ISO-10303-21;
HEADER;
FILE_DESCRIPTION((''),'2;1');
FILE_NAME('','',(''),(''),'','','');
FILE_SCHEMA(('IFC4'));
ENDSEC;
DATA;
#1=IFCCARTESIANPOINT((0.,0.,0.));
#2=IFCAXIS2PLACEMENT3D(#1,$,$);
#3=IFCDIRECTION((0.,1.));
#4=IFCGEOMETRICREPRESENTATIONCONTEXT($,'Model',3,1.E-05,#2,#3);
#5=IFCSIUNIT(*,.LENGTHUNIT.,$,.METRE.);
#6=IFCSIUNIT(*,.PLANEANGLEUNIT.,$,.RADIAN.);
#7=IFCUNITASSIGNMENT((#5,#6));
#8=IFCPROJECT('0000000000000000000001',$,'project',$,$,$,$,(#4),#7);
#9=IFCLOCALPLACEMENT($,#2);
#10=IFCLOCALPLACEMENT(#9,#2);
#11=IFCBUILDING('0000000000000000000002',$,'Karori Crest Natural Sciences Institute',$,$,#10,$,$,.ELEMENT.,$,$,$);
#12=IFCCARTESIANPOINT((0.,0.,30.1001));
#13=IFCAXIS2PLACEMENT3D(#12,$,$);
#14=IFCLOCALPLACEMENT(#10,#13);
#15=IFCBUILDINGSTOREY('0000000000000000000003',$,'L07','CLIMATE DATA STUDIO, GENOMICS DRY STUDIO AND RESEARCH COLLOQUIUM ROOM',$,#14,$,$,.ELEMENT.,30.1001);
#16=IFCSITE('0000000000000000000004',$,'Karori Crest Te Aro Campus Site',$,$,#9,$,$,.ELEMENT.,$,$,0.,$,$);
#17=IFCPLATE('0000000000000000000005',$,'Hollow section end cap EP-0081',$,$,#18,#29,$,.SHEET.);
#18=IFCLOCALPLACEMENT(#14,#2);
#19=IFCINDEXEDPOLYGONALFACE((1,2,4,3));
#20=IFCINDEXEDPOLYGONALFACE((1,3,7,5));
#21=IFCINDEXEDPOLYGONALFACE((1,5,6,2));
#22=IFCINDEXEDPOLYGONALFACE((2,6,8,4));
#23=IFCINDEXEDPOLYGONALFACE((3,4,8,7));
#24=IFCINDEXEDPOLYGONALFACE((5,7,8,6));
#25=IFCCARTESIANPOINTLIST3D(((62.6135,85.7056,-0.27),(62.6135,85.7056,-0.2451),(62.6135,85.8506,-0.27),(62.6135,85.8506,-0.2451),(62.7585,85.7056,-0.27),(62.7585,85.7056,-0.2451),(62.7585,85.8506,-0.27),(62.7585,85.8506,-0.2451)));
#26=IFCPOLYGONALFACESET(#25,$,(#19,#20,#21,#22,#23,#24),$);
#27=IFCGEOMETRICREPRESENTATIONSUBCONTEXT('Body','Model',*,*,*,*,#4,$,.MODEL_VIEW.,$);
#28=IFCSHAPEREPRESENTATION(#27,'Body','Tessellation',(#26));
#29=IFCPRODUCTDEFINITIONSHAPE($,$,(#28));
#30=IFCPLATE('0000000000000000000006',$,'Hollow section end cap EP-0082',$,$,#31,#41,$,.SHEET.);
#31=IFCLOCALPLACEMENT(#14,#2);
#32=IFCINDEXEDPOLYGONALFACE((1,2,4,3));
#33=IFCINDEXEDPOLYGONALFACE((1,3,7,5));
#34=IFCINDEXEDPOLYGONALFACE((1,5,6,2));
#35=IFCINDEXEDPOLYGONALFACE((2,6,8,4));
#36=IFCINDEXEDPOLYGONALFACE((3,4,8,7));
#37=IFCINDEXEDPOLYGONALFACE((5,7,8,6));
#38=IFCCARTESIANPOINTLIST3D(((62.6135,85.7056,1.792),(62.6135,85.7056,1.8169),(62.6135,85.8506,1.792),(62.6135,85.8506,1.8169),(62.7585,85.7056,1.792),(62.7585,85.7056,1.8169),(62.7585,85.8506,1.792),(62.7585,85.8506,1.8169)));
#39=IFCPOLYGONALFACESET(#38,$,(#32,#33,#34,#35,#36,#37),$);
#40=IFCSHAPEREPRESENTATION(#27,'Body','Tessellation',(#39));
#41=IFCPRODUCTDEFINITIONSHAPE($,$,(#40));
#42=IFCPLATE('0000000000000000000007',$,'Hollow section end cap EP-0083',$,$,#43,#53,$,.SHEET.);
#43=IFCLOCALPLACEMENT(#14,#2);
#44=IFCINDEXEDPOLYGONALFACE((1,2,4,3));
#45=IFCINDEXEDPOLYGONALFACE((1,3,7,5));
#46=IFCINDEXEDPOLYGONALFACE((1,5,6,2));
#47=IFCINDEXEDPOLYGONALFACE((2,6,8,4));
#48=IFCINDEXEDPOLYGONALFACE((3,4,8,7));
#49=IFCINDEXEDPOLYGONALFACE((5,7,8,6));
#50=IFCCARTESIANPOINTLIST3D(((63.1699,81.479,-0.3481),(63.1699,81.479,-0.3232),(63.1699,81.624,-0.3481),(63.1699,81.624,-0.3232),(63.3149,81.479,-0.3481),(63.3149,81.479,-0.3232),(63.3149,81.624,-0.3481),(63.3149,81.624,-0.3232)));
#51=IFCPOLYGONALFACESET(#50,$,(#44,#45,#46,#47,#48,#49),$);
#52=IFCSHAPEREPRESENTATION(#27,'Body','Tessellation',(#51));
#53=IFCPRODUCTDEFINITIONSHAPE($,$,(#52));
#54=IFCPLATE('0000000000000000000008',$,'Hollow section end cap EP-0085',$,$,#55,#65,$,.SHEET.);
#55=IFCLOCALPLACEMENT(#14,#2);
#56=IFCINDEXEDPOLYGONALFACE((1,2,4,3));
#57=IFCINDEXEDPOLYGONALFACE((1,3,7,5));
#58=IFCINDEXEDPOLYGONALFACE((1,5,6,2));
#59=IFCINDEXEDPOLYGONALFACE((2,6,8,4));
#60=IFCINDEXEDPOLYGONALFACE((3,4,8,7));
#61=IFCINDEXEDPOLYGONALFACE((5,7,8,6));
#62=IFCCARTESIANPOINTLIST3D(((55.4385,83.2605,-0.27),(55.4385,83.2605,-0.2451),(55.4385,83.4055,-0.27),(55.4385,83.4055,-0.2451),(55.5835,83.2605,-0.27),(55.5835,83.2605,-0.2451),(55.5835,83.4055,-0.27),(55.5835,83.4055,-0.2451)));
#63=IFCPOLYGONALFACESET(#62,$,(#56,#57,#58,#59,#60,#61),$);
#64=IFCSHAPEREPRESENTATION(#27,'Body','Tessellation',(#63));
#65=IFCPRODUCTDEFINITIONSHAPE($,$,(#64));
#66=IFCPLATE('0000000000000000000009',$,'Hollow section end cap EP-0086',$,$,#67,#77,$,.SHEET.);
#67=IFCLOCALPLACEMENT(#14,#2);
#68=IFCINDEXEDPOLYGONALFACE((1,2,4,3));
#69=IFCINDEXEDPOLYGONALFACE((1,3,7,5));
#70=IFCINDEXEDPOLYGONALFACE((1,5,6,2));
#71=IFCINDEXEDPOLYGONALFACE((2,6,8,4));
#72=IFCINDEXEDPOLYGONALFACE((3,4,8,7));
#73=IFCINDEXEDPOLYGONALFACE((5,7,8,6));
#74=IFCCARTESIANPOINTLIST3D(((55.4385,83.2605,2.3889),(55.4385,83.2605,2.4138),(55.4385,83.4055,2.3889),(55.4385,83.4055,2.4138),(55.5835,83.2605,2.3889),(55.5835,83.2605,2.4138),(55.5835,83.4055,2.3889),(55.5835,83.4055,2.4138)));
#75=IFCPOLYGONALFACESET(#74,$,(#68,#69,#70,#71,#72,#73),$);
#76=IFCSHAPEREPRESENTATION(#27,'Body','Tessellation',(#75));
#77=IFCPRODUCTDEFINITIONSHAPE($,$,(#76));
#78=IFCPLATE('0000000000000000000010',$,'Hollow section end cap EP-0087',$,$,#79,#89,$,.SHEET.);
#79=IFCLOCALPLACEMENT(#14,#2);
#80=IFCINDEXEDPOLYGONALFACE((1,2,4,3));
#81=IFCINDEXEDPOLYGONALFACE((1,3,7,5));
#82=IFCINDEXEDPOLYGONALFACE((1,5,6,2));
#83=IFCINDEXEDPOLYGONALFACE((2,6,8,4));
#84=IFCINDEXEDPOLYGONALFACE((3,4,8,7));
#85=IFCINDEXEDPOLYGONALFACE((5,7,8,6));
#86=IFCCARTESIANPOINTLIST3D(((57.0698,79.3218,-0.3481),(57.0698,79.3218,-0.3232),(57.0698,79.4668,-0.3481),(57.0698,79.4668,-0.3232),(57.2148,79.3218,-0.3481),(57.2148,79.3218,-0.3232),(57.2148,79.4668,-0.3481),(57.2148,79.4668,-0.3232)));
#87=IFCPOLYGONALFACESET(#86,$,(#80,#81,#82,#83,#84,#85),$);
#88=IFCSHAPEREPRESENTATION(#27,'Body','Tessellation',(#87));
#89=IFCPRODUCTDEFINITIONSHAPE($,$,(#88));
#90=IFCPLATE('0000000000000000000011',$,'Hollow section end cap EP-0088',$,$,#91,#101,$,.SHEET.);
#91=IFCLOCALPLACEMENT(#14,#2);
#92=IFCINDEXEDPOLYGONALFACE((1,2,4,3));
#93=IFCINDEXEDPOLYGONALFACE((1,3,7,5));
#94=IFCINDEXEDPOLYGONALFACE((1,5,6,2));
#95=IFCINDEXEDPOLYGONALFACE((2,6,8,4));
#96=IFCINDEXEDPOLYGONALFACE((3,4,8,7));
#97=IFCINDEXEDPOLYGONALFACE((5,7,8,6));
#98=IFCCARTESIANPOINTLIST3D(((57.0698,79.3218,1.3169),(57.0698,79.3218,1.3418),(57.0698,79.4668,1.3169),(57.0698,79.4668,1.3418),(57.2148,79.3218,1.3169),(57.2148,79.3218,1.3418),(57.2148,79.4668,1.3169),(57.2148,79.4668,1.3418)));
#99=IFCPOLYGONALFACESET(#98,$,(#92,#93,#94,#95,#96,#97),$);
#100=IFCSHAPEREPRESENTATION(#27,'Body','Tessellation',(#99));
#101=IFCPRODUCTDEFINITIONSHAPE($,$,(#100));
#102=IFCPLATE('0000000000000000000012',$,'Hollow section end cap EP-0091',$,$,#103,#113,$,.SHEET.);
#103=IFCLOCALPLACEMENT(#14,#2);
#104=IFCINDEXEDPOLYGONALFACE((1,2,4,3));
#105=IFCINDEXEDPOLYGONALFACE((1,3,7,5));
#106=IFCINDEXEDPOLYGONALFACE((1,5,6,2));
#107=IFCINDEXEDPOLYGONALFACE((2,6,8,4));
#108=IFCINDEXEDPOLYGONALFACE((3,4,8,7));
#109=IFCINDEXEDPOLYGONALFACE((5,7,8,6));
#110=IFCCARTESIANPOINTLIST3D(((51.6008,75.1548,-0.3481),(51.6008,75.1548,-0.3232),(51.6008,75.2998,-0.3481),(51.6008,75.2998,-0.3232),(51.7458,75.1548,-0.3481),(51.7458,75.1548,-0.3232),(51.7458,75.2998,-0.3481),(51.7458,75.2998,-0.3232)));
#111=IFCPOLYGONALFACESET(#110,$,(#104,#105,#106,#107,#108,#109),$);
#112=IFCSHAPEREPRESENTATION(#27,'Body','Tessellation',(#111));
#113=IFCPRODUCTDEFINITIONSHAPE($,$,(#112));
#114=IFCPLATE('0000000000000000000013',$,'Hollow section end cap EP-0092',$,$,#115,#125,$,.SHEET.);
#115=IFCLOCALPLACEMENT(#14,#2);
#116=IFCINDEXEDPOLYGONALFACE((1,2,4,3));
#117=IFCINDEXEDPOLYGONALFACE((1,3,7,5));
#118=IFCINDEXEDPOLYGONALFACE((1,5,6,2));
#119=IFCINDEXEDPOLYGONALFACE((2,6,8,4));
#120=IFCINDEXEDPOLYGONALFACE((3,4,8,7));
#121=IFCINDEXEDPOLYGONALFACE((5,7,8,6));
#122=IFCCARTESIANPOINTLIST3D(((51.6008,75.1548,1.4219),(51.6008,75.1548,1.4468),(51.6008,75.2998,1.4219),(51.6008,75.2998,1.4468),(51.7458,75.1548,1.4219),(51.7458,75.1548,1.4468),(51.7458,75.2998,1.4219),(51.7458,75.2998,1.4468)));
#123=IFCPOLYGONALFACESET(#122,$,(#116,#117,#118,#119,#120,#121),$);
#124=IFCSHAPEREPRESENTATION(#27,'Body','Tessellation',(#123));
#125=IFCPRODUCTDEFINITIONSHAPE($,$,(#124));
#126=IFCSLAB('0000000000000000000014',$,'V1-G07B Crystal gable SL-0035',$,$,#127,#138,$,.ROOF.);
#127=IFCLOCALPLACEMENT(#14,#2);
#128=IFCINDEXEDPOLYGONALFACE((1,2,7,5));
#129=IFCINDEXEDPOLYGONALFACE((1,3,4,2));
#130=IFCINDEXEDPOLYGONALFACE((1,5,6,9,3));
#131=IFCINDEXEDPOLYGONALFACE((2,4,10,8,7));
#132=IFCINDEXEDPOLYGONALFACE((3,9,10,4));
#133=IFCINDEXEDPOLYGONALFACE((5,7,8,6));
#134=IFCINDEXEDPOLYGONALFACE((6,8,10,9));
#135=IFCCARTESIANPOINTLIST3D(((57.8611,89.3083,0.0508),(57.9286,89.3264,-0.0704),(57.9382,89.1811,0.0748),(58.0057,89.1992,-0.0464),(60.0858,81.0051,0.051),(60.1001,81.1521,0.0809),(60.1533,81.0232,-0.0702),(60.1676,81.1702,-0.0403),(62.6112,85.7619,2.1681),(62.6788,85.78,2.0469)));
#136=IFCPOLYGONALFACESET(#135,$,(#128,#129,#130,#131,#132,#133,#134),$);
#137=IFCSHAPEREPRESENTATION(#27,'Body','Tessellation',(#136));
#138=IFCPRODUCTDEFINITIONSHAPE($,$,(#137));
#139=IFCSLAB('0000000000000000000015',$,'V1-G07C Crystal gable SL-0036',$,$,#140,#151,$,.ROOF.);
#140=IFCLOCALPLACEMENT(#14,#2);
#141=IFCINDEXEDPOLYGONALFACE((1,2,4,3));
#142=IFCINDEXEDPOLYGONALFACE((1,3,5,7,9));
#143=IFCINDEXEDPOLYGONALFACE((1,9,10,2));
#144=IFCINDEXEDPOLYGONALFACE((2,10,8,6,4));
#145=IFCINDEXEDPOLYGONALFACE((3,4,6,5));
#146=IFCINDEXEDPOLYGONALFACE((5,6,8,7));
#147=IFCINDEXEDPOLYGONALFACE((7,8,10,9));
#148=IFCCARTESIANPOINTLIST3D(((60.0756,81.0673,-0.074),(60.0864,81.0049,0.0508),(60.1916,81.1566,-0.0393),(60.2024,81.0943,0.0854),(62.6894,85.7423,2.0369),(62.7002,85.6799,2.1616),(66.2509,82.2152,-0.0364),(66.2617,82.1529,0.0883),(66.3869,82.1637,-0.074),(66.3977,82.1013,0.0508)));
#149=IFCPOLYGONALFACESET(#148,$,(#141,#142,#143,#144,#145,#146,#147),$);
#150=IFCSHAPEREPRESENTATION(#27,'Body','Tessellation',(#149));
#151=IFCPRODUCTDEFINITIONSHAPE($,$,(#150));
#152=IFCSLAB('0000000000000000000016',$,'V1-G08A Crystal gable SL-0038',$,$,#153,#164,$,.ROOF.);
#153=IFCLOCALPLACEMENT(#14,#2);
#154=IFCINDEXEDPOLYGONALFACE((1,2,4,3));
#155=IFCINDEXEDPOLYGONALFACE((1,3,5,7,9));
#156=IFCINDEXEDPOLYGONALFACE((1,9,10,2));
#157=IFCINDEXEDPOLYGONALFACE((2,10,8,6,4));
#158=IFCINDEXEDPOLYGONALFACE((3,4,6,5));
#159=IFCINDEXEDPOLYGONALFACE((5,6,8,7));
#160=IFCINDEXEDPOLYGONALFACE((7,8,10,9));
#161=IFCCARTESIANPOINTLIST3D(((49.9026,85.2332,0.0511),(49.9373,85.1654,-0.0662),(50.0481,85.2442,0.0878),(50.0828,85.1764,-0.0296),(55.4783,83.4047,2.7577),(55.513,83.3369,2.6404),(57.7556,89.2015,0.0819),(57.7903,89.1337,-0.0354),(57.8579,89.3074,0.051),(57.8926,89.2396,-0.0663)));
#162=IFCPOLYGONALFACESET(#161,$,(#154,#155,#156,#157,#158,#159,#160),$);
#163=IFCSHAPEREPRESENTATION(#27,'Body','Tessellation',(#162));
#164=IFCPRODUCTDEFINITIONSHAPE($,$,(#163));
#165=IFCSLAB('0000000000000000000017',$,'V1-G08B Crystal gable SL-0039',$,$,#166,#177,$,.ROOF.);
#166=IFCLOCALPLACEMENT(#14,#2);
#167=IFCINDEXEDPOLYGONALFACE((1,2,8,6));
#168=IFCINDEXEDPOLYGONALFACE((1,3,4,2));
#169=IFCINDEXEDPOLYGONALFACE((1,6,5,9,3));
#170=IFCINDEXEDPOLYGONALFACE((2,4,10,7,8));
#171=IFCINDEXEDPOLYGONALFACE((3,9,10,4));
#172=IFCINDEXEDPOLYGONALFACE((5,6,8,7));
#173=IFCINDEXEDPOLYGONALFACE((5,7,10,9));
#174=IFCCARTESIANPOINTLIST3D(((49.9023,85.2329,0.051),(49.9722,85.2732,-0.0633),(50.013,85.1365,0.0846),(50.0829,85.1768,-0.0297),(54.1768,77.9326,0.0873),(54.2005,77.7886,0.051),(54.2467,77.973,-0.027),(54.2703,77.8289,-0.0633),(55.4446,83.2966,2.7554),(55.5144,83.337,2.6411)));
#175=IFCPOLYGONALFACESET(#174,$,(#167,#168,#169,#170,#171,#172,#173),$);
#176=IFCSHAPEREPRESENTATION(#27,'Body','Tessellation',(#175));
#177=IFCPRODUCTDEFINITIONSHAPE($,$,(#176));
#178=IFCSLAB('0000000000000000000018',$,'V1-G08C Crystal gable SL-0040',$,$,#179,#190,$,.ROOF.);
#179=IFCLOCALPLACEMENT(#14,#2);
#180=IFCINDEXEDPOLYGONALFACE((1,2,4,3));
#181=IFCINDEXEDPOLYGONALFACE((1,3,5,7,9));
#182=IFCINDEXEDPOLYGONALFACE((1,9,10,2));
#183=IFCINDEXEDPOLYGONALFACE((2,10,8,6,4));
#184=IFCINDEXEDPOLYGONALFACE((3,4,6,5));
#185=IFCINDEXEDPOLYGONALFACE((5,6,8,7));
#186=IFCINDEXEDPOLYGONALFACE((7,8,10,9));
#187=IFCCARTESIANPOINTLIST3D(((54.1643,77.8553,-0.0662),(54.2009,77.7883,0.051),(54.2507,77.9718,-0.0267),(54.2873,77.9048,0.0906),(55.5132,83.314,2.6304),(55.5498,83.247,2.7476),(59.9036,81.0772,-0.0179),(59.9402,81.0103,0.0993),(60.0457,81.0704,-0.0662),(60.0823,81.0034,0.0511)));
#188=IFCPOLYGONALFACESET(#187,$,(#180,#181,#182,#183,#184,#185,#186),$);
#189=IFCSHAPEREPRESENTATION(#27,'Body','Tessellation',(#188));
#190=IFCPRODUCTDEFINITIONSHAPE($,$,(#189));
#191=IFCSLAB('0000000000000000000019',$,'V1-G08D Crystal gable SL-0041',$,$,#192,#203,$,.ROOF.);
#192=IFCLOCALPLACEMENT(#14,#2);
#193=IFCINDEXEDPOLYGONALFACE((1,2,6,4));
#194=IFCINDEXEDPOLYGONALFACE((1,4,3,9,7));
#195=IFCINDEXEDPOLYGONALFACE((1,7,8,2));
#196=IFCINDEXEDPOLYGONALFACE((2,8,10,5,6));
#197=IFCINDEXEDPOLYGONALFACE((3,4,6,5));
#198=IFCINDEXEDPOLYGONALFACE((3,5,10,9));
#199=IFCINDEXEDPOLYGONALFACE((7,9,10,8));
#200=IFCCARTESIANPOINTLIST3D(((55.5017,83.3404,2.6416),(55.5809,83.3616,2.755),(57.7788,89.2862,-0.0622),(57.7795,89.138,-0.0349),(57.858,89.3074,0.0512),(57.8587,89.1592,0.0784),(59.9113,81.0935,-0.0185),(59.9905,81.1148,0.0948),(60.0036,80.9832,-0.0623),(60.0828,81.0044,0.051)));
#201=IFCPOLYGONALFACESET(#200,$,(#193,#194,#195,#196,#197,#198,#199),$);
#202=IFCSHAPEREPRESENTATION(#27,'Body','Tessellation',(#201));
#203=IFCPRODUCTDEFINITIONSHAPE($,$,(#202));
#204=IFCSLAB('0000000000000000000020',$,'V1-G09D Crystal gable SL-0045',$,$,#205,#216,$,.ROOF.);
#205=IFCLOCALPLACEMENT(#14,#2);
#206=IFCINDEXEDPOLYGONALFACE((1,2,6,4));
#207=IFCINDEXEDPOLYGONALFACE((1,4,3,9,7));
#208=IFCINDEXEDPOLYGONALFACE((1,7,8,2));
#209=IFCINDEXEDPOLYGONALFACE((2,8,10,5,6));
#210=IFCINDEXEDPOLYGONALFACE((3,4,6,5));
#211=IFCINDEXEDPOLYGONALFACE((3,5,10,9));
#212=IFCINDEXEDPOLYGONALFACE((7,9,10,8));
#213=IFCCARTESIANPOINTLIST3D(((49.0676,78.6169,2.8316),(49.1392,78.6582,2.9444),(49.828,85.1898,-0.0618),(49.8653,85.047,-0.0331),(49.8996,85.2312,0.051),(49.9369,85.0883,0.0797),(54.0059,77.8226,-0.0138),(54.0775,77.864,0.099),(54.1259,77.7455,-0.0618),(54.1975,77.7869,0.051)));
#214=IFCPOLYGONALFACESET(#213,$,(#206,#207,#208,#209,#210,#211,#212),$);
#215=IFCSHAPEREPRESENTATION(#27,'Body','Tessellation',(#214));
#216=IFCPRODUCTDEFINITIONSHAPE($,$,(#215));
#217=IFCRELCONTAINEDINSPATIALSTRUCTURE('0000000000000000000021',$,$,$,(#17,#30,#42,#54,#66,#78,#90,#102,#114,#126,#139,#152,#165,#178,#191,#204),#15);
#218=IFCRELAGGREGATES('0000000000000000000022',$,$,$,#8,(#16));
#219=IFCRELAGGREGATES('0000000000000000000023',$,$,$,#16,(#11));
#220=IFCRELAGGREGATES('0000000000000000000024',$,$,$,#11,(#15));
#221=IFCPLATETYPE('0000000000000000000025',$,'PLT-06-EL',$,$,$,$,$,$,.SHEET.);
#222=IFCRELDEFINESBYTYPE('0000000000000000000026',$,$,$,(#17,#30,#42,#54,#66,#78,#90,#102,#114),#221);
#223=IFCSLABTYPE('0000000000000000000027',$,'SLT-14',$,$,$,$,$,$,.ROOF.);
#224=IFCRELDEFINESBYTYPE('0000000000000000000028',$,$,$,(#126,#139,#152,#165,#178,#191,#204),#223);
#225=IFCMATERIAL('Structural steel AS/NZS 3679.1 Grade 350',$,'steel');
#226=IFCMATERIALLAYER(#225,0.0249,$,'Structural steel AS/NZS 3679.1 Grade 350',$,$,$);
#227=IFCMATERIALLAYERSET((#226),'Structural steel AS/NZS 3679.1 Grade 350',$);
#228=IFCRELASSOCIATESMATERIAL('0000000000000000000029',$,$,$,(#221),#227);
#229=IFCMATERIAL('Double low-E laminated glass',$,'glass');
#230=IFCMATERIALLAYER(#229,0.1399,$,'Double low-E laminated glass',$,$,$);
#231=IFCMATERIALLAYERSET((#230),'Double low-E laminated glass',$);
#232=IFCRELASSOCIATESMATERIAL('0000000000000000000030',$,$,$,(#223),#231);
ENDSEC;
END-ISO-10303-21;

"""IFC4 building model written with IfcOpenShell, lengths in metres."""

from ifc_helpers import new_model, si_unit, direction, frame, origin, origin_2d, place, context, subcontext, project, spatial, polyline, rectangle, outline, extrude, material, layer, layer_set, type_object, element, save


model = new_model("IFC4")

# Units and contexts
model_context = context("Model", 3, precision=1e-05, world=origin(), true_north=direction((0.0, 1.0)))
body_context = subcontext(model_context, "Body", "Model", "MODEL_VIEW")
ifc_project = project(units=[si_unit("LENGTHUNIT", "METRE"), si_unit("PLANEANGLEUNIT", "RADIAN")], contexts=[model_context])

# Site, building, storey
site_placement = place(None, origin())
site = spatial("IfcSite", under=ifc_project, at=site_placement, Name="Karori Crest Te Aro Campus Site", CompositionType="ELEMENT", RefElevation=0.0)
building_placement = place(site_placement, origin())
building = spatial("IfcBuilding", under=site, at=building_placement, Name="Karori Crest Natural Sciences Institute", CompositionType="ELEMENT")
storey_placement = place(building_placement, frame((0.0, 0.0, 30.1001)))
storey = spatial("IfcBuildingStorey", under=building, at=storey_placement, Name="L07", Description="CLIMATE DATA STUDIO, GENOMICS DRY STUDIO AND RESEARCH COLLOQUIUM ROOM", CompositionType="ELEMENT", Elevation=30.1001)

# Shared definitions
ifc_material_1 = material(Name="Structural steel AS/NZS 3679.1 Grade 350", Category="steel")

# Plates
ifc_layer_1 = layer(ifc_material_1, 0.0249, Name="Structural steel AS/NZS 3679.1 Grade 350")
ifc_layer_set_1 = layer_set([ifc_layer_1], Name="Structural steel AS/NZS 3679.1 Grade 350")
plate_type = type_object("IfcPlateType", Name="PLT-06-EL", PredefinedType="SHEET", material=ifc_layer_set_1)
for number, where, z_axis, x_axis, name in (
    (1, (62.686, 85.7781, -0.27), (0.0, 0.0, 1.0), (1.0, 0.0, 0.0), "Hollow section end cap EP-0081"),
    (2, (62.686, 85.7781, 1.792), (0.0, 0.0, 1.0), (1.0, 0.0, 0.0), "Hollow section end cap EP-0082"),
    (3, (63.2424, 81.5515, -0.3481), (0.0, 0.0, 1.0), (1.0, 0.0, 0.0), "Hollow section end cap EP-0083"),
    (4, (55.511, 83.333, -0.27), (0.0, 0.0, 1.0), (1.0, 0.0, 0.0), "Hollow section end cap EP-0085"),
    (5, (55.511, 83.333, 2.3889), (0.0, 0.0, 1.0), (1.0, 0.0, 0.0), "Hollow section end cap EP-0086"),
    (6, (57.1423, 79.3943, -0.3481), (0.0, 0.0, 1.0), (1.0, 0.0, 0.0), "Hollow section end cap EP-0087"),
    (7, (57.1423, 79.3943, 1.3169), (0.0, 0.0, 1.0), (1.0, 0.0, 0.0), "Hollow section end cap EP-0088"),
    (8, (51.6733, 75.2273, -0.3481), (0.0, 0.0, 1.0), (1.0, 0.0, 0.0), "Hollow section end cap EP-0091"),
    (9, (51.6733, 75.2273, 1.4219), (0.0, 0.0, 1.0), (1.0, 0.0, 0.0), "Hollow section end cap EP-0092"),
):
    element("IfcPlate", number, at=place(storey_placement, frame(where, z_axis=z_axis, x_axis=x_axis)), inside=storey, type_object=plate_type, Name=name, PredefinedType="SHEET", context=body_context, shape_type="SweptSolid", body=[
        extrude(rectangle(XDim=0.145, YDim=0.145, at=origin_2d()), origin(), (0.0, 0.0, 1.0), 0.0249),
    ])

# Slabs
ifc_material_2 = material(Name="Double low-E laminated glass", Category="glass")
ifc_layer_2 = layer(ifc_material_2, 0.1399, Name="Double low-E laminated glass")
ifc_layer_set_2 = layer_set([ifc_layer_2], Name="Double low-E laminated glass")
slab_type = type_object("IfcSlabType", Name="SLT-14", PredefinedType="ROOF", material=ifc_layer_set_2)
slab_1_placement = place(storey_placement, frame((57.8611, 89.3083, 0.0508), z_axis=(-0.482641, -0.129295, 0.866222), x_axis=(0.258807, -0.965929, 0.000024)))
element("IfcSlab", 10, at=slab_1_placement, inside=storey, type_object=slab_type, Name="V1-G07B Crystal gable SL-0035", PredefinedType="ROOF", context=body_context, shape_type="SweptSolid", body=[
    extrude(outline(polyline([(0.0, 0.0), (8.5961, 0.0), (8.4578, 0.0598), (4.655, 4.2373), (0.1428, 0.048), (0.0, 0.0)])), origin(), (0.0, 0.0, -1.0), 0.1399),
])
slab_2_placement = place(storey_placement, frame((60.0864, 81.0049, 0.0508), z_axis=(0.077476, -0.445936, 0.891705), x_axis=(0.985242, 0.171165, -0.000004)))
element("IfcSlab", 11, at=slab_2_placement, inside=storey, type_object=slab_type, Name="V1-G07C Crystal gable SL-0036", PredefinedType="ROOF", context=body_context, shape_type="SweptSolid", body=[
    extrude(outline(polyline([(0.0, 0.0), (6.4058, 0.0), (6.2806, 0.083), (3.3754, 4.6637), (0.1295, 0.0765), (0.0, 0.0)])), origin(), (0.0, 0.0, -1.0), 0.1399),
])
slab_3_placement = place(storey_placement, frame((57.8579, 89.3074, 0.051), z_axis=(-0.248211, 0.484678, 0.838737), x_axis=(-0.890067, -0.455831, 0.000008)))
element("IfcSlab", 12, at=slab_3_placement, inside=storey, type_object=slab_type, Name="V1-G08A Crystal gable SL-0038", PredefinedType="ROOF", context=body_context, shape_type="SweptSolid", body=[
    extrude(outline(polyline([(0.0, 0.0), (8.9379, 0.0), (8.8034, 0.0674), (4.8086, 4.9706), (0.1393, 0.0567), (0.0, 0.0)])), origin(), (0.0, 0.0, -1.0), 0.1399),
])
slab_4_placement = place(storey_placement, frame((49.9023, 85.2329, 0.051), z_axis=(-0.499391, -0.288342, 0.816987), x_axis=(0.500014, -0.866017, -0.000008)))
element("IfcSlab", 13, at=slab_4_placement, inside=storey, type_object=slab_type, Name="V1-G08B Crystal gable SL-0039", PredefinedType="ROOF", context=body_context, shape_type="SweptSolid", body=[
    extrude(outline(polyline([(0.0, 0.0), (8.596, 0.0), (8.4594, 0.0631), (4.448, 4.6898), (0.1388, 0.0583), (0.0, 0.0)])), origin(), (0.0, 0.0, -1.0), 0.1399),
])
slab_5_placement = place(storey_placement, frame((54.2009, 77.7883, 0.051), z_axis=(0.261665, -0.478675, 0.838094), x_axis=(0.877453, 0.479663, 0.000005)))
element("IfcSlab", 14, at=slab_5_placement, inside=storey, type_object=slab_type, Name="V1-G08C Crystal gable SL-0040", PredefinedType="ROOF", context=body_context, shape_type="SweptSolid", body=[
    extrude(outline(polyline([(0.0, 0.0), (6.7028, 0.0), (6.5814, 0.0885), (3.8019, 4.9431), (0.1317, 0.0725), (0.0, 0.0)])), origin(), (0.0, 0.0, -1.0), 0.1399),
])
slab_6_placement = place(storey_placement, frame((60.0828, 81.0044, 0.051), z_axis=(0.566081, 0.151664, 0.810278), x_axis=(-0.258815, 0.965927, 0.000018)))
element("IfcSlab", 15, at=slab_6_placement, inside=storey, type_object=slab_type, Name="V1-G08D Crystal gable SL-0041", PredefinedType="ROOF", context=body_context, shape_type="SweptSolid", body=[
    extrude(outline(polyline([(0.0, 0.0), (8.5959, 0.0), (8.4526, 0.0465), (3.4421, 4.6138), (0.1305, 0.0747), (0.0, 0.0)])), origin(), (0.0, 0.0, -1.0), 0.1399),
])
slab_7_placement = place(storey_placement, frame((54.1975, 77.7869, 0.051), z_axis=(0.512191, 0.295714, 0.806358), x_axis=(-0.499992, 0.86603, -0.000007)))
element("IfcSlab", 16, at=slab_7_placement, inside=storey, type_object=slab_type, Name="V1-G09D Crystal gable SL-0045", PredefinedType="ROOF", context=body_context, shape_type="SweptSolid", body=[
    extrude(outline(polyline([(0.0, 0.0), (8.5959, 0.0), (8.4535, 0.0485), (3.2837, 4.8923), (0.1267, 0.0811), (0.0, 0.0)])), origin(), (0.0, 0.0, -1.0), 0.1399),
])

save(model, "model.ifc")
